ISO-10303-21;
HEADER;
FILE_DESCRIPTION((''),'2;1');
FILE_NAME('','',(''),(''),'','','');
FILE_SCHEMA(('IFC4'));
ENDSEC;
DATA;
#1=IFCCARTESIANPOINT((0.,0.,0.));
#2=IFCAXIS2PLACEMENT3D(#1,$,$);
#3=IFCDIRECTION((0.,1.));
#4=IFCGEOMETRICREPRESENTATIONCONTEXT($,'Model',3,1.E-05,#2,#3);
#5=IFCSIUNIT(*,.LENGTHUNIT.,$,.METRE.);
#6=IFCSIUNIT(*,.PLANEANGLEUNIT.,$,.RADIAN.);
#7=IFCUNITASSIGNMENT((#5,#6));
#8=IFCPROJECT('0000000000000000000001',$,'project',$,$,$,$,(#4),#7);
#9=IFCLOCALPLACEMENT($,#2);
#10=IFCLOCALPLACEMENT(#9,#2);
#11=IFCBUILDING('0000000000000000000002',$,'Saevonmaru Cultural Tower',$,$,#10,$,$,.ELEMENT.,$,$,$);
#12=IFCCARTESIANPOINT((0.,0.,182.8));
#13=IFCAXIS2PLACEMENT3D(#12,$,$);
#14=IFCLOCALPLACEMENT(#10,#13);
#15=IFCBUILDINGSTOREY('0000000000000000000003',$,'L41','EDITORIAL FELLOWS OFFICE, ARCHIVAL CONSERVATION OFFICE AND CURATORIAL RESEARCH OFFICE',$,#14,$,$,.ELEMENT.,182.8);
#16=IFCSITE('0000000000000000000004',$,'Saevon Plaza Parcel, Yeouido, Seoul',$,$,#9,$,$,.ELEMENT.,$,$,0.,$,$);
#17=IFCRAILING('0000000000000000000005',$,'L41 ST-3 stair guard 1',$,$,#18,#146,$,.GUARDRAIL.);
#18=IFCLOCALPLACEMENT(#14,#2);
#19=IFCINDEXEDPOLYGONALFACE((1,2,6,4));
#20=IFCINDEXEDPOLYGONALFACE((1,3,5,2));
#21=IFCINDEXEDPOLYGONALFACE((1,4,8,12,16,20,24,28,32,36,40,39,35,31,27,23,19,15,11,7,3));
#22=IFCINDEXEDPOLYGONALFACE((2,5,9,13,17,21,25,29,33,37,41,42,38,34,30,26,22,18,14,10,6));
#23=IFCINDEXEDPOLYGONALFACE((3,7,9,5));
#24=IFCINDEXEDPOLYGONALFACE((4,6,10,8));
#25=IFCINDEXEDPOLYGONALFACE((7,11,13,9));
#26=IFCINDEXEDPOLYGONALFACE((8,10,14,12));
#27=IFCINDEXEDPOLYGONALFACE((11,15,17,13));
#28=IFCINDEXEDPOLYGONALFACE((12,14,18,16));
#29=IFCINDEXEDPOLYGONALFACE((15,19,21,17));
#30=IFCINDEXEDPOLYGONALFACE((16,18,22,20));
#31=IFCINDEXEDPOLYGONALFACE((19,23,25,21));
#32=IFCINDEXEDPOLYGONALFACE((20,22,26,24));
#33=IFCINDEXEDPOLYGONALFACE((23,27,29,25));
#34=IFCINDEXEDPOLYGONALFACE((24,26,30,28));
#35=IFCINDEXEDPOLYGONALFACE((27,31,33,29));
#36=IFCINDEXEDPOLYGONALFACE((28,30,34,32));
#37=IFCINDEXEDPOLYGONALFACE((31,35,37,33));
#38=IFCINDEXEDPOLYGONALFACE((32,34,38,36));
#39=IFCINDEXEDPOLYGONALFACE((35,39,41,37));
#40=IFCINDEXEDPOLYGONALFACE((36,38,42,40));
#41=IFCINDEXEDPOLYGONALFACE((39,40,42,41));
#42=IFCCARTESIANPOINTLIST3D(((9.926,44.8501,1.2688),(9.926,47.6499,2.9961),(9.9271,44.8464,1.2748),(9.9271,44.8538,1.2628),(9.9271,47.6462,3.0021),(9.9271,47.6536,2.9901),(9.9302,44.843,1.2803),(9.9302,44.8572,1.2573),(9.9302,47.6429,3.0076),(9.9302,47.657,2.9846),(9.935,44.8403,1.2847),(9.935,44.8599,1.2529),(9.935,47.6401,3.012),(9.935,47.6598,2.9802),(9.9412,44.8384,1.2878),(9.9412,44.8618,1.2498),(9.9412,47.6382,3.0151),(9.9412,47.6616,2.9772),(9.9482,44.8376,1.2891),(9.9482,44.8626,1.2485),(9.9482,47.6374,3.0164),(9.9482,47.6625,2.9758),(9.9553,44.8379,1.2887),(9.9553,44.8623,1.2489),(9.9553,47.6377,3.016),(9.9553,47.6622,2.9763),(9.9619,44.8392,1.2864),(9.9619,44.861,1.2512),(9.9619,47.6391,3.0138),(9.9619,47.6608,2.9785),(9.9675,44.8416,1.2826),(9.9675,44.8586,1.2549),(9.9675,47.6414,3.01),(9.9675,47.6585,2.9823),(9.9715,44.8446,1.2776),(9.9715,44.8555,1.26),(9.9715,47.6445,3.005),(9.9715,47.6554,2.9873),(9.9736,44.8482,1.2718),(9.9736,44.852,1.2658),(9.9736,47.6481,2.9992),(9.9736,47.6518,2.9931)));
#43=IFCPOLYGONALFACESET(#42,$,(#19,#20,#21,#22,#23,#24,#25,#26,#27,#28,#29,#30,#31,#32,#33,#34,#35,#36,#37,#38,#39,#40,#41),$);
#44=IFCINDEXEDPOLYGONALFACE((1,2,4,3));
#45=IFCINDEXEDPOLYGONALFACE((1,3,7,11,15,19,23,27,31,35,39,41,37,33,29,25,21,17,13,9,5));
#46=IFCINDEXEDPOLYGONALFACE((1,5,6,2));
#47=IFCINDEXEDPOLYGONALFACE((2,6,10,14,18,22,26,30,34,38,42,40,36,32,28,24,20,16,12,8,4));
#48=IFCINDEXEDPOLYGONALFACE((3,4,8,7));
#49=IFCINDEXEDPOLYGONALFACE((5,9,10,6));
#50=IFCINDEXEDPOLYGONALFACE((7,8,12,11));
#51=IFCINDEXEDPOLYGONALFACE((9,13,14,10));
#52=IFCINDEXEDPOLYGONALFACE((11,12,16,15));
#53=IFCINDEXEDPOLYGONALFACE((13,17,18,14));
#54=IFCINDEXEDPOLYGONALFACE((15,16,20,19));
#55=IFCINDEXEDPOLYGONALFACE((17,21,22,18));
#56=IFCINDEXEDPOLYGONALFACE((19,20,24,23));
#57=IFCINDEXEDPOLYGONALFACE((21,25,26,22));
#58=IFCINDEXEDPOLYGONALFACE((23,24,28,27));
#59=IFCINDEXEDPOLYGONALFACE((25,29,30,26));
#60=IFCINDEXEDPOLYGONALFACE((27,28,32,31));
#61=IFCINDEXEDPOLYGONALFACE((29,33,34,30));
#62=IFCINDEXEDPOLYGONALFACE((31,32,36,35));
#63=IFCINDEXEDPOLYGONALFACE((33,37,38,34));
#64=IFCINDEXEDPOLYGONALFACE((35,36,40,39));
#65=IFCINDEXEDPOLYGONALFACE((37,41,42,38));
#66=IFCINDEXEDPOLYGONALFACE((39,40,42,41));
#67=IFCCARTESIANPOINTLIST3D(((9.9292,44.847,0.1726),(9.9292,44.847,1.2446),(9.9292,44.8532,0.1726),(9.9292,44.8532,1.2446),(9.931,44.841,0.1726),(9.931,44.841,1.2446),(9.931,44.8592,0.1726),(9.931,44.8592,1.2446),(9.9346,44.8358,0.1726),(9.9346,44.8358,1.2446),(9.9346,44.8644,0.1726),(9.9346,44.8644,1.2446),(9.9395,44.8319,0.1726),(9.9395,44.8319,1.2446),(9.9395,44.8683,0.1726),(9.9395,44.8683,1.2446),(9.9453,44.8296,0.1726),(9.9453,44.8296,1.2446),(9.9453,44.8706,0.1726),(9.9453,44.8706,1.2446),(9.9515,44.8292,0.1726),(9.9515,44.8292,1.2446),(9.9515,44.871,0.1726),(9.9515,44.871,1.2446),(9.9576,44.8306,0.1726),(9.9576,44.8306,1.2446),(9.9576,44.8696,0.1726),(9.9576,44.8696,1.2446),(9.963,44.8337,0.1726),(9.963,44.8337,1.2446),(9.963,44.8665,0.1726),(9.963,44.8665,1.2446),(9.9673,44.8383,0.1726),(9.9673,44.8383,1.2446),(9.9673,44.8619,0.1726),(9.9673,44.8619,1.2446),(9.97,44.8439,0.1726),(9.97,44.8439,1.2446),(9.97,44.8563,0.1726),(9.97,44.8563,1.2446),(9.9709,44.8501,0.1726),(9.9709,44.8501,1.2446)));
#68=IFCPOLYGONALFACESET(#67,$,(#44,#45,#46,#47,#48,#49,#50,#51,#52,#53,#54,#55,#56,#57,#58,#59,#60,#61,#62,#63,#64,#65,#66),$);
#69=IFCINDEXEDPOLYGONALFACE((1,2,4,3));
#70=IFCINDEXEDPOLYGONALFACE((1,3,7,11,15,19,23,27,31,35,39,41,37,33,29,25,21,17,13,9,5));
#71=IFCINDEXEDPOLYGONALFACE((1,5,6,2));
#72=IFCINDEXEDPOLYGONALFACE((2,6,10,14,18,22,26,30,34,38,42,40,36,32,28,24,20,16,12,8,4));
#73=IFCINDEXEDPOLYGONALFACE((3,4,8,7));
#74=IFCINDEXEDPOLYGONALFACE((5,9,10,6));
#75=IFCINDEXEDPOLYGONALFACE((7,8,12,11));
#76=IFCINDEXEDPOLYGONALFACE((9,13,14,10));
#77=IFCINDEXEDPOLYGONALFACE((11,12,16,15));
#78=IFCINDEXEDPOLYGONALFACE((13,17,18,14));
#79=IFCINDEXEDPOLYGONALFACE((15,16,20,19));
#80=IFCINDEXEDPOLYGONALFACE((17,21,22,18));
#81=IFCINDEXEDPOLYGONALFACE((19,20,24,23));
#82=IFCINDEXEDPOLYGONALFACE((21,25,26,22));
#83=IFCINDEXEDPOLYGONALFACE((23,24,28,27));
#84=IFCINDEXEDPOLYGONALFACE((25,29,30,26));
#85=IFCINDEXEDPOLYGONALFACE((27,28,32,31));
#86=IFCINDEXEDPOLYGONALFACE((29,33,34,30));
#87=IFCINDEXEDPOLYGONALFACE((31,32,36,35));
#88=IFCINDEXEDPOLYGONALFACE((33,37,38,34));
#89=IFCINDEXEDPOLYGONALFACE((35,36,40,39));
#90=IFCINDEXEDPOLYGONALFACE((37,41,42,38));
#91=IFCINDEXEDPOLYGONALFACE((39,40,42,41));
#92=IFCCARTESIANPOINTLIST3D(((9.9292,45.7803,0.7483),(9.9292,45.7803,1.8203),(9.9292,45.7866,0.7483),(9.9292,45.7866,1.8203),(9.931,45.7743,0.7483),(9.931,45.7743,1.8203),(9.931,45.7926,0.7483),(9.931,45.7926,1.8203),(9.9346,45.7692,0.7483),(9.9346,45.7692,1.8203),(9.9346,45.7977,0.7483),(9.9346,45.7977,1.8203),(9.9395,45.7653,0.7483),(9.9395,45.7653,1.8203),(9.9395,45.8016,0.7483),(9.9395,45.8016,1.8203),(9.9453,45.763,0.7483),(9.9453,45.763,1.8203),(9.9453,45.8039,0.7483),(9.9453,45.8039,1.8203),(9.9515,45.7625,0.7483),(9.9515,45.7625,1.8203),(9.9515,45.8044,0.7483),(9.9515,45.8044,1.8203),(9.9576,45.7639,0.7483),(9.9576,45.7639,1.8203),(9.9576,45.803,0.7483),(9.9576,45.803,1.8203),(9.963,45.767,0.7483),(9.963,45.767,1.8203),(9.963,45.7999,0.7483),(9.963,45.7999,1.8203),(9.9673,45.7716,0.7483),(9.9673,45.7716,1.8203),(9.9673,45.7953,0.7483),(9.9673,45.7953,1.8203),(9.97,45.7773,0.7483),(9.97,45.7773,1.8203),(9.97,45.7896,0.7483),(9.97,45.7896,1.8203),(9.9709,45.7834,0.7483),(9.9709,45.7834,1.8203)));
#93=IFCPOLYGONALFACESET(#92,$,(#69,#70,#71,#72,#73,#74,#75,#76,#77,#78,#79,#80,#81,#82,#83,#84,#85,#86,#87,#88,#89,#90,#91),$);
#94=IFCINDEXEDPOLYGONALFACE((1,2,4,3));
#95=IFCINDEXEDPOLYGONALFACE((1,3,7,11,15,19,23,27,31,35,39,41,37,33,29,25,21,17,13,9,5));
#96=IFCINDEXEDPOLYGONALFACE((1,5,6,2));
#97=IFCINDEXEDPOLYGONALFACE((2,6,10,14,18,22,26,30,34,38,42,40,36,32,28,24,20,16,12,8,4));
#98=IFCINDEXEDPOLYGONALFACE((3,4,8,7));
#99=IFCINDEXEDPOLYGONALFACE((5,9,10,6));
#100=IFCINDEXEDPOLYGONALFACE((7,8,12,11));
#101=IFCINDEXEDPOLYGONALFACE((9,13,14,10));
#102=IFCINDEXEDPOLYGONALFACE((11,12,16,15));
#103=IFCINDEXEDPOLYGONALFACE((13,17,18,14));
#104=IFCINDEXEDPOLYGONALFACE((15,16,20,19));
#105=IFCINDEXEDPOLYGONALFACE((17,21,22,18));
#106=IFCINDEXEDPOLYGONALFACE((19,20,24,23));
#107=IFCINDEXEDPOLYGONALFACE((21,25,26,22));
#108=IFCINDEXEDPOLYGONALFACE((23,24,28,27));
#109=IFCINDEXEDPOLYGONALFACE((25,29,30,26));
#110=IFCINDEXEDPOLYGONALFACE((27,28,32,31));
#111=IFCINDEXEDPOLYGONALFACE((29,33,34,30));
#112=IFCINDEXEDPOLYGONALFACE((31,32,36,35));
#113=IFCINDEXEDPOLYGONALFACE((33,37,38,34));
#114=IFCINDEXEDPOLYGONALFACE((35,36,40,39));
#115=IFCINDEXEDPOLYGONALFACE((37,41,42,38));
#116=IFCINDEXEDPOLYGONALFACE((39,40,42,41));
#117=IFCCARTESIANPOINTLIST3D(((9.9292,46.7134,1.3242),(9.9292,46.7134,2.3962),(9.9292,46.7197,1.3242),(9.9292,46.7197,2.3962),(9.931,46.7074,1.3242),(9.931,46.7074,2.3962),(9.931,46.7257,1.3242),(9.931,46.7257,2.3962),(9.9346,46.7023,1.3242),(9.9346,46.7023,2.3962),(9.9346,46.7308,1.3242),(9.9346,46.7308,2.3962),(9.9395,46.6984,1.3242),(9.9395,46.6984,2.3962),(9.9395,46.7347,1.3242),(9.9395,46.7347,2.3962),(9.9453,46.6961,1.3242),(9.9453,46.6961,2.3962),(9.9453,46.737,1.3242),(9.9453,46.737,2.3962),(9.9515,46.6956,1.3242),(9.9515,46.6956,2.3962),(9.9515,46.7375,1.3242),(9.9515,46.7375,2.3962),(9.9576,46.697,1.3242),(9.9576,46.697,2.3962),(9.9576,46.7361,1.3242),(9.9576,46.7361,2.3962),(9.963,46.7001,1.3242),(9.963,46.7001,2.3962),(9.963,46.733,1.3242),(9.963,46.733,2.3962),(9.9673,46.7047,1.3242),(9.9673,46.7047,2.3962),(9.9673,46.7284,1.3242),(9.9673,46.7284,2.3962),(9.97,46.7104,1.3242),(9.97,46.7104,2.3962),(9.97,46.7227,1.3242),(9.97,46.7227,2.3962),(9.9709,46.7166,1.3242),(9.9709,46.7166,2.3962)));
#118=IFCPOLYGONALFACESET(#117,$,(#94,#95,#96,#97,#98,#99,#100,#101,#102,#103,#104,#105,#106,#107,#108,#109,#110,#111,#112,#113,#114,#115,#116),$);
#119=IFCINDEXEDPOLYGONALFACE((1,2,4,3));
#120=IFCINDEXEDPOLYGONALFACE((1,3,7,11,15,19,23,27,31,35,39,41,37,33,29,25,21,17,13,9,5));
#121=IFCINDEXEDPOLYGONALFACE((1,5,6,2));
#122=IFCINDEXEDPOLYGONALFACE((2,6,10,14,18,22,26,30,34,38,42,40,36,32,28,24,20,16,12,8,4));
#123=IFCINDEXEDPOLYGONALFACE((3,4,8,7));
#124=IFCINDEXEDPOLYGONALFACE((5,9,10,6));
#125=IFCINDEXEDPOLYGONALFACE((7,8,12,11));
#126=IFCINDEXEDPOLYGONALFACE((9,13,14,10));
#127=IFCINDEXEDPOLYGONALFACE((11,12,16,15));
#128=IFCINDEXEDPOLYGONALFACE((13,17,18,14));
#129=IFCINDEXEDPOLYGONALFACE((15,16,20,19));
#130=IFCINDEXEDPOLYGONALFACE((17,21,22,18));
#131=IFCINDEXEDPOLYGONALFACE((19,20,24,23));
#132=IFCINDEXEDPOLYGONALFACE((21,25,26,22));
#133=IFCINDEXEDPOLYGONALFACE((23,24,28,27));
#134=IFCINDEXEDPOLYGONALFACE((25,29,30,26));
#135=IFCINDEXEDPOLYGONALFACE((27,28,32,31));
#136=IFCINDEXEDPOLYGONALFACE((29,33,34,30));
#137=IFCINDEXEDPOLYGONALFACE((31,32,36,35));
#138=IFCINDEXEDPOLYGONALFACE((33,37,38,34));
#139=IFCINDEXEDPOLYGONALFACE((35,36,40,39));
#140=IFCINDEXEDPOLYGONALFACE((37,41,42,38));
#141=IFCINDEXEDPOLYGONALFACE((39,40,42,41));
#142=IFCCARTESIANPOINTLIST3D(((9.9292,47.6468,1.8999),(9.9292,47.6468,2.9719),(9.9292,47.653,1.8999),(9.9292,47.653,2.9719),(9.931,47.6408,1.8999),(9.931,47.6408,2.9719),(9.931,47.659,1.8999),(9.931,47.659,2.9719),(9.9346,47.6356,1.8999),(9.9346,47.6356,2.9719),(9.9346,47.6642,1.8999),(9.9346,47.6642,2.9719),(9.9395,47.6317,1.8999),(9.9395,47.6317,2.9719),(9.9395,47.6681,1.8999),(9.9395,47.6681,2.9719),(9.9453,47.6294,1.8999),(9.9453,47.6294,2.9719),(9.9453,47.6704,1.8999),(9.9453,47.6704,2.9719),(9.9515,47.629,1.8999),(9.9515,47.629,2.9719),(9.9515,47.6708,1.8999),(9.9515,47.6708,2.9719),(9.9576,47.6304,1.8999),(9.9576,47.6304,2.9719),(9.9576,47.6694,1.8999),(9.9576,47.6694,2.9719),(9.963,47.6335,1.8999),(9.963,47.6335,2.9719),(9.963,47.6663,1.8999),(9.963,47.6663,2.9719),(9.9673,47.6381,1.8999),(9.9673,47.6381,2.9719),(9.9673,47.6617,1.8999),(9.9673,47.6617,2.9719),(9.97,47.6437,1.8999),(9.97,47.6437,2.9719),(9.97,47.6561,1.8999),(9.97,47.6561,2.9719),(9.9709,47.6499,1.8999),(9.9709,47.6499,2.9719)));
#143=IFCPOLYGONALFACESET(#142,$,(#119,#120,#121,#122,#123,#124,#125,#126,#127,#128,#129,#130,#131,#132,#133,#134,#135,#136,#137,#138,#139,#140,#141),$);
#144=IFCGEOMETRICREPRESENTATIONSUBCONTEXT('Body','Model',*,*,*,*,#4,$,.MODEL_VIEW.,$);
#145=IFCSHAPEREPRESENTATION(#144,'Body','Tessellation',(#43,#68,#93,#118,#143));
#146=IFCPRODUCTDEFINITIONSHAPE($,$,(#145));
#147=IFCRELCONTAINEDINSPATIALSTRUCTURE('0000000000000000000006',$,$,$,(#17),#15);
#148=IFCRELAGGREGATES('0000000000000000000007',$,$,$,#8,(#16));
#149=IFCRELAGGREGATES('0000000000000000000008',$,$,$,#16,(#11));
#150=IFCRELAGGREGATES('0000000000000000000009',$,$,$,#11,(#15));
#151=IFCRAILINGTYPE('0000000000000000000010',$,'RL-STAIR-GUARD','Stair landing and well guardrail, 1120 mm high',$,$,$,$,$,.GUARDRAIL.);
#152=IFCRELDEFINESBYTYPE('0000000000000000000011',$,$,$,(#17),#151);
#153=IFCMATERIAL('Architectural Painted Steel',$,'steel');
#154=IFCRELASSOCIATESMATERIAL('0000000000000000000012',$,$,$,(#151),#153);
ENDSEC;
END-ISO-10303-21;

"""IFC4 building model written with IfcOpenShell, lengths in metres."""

from ifc_helpers import new_model, si_unit, direction, frame, origin, origin_2d, place, context, subcontext, project, spatial, circle, extrude, material, type_object, element, save


model = new_model("IFC4")

# Units and contexts
model_context = context("Model", 3, precision=1e-05, world=origin(), true_north=direction((0.0, 1.0)))
body_context = subcontext(model_context, "Body", "Model", "MODEL_VIEW")
ifc_project = project(units=[si_unit("LENGTHUNIT", "METRE"), si_unit("PLANEANGLEUNIT", "RADIAN")], contexts=[model_context])

# Site, building, storey
site_placement = place(None, origin())
site = spatial("IfcSite", under=ifc_project, at=site_placement, Name="Saevon Plaza Parcel, Yeouido, Seoul", CompositionType="ELEMENT", RefElevation=0.0)
building_placement = place(site_placement, origin())
building = spatial("IfcBuilding", under=site, at=building_placement, Name="Saevonmaru Cultural Tower", CompositionType="ELEMENT")
storey_placement = place(building_placement, frame((0.0, 0.0, 182.8)))
storey = spatial("IfcBuildingStorey", under=building, at=storey_placement, Name="L41", Description="EDITORIAL FELLOWS OFFICE, ARCHIVAL CONSERVATION OFFICE AND CURATORIAL RESEARCH OFFICE", CompositionType="ELEMENT", Elevation=182.8)

# Railing
ifc_material_1 = material(Name="Architectural Painted Steel", Category="steel")
railing_type_1 = type_object("IfcRailingType", Name="RL-STAIR-GUARD", Description="Stair landing and well guardrail, 1120 mm high", PredefinedType="GUARDRAIL", material=ifc_material_1)
railing_1_placement = place(storey_placement, frame((9.95, 44.8501, 0.1726)))
element("IfcRailing", 1, at=railing_1_placement, inside=storey, type_object=railing_type_1, Name="L41 ST-3 stair guard 1", PredefinedType="GUARDRAIL", context=body_context, shape_type="SweptSolid", body=[
    extrude(circle(Radius=0.0239, at=origin_2d()), frame((0.0, 0.0, 1.0962), z_axis=(0.0, 0.851069, 0.525054), x_axis=(-1.0, 0.0, 0.0)), (0.0, 0.0, 1.0), 3.2898),
    extrude(circle(Radius=0.021, at=origin_2d()), origin(), (0.0, 0.0, 1.0), 1.072),
    extrude(circle(Radius=0.021, at=origin_2d()), frame((0.0, 0.9333, 0.5757)), (0.0, 0.0, 1.0), 1.072),
    extrude(circle(Radius=0.021, at=origin_2d()), frame((0.0, 1.8665, 1.1516)), (0.0, 0.0, 1.0), 1.072),
    extrude(circle(Radius=0.021, at=origin_2d()), frame((0.0, 2.7998, 1.7273)), (0.0, 0.0, 1.0), 1.072),
])

save(model, "model.ifc")
